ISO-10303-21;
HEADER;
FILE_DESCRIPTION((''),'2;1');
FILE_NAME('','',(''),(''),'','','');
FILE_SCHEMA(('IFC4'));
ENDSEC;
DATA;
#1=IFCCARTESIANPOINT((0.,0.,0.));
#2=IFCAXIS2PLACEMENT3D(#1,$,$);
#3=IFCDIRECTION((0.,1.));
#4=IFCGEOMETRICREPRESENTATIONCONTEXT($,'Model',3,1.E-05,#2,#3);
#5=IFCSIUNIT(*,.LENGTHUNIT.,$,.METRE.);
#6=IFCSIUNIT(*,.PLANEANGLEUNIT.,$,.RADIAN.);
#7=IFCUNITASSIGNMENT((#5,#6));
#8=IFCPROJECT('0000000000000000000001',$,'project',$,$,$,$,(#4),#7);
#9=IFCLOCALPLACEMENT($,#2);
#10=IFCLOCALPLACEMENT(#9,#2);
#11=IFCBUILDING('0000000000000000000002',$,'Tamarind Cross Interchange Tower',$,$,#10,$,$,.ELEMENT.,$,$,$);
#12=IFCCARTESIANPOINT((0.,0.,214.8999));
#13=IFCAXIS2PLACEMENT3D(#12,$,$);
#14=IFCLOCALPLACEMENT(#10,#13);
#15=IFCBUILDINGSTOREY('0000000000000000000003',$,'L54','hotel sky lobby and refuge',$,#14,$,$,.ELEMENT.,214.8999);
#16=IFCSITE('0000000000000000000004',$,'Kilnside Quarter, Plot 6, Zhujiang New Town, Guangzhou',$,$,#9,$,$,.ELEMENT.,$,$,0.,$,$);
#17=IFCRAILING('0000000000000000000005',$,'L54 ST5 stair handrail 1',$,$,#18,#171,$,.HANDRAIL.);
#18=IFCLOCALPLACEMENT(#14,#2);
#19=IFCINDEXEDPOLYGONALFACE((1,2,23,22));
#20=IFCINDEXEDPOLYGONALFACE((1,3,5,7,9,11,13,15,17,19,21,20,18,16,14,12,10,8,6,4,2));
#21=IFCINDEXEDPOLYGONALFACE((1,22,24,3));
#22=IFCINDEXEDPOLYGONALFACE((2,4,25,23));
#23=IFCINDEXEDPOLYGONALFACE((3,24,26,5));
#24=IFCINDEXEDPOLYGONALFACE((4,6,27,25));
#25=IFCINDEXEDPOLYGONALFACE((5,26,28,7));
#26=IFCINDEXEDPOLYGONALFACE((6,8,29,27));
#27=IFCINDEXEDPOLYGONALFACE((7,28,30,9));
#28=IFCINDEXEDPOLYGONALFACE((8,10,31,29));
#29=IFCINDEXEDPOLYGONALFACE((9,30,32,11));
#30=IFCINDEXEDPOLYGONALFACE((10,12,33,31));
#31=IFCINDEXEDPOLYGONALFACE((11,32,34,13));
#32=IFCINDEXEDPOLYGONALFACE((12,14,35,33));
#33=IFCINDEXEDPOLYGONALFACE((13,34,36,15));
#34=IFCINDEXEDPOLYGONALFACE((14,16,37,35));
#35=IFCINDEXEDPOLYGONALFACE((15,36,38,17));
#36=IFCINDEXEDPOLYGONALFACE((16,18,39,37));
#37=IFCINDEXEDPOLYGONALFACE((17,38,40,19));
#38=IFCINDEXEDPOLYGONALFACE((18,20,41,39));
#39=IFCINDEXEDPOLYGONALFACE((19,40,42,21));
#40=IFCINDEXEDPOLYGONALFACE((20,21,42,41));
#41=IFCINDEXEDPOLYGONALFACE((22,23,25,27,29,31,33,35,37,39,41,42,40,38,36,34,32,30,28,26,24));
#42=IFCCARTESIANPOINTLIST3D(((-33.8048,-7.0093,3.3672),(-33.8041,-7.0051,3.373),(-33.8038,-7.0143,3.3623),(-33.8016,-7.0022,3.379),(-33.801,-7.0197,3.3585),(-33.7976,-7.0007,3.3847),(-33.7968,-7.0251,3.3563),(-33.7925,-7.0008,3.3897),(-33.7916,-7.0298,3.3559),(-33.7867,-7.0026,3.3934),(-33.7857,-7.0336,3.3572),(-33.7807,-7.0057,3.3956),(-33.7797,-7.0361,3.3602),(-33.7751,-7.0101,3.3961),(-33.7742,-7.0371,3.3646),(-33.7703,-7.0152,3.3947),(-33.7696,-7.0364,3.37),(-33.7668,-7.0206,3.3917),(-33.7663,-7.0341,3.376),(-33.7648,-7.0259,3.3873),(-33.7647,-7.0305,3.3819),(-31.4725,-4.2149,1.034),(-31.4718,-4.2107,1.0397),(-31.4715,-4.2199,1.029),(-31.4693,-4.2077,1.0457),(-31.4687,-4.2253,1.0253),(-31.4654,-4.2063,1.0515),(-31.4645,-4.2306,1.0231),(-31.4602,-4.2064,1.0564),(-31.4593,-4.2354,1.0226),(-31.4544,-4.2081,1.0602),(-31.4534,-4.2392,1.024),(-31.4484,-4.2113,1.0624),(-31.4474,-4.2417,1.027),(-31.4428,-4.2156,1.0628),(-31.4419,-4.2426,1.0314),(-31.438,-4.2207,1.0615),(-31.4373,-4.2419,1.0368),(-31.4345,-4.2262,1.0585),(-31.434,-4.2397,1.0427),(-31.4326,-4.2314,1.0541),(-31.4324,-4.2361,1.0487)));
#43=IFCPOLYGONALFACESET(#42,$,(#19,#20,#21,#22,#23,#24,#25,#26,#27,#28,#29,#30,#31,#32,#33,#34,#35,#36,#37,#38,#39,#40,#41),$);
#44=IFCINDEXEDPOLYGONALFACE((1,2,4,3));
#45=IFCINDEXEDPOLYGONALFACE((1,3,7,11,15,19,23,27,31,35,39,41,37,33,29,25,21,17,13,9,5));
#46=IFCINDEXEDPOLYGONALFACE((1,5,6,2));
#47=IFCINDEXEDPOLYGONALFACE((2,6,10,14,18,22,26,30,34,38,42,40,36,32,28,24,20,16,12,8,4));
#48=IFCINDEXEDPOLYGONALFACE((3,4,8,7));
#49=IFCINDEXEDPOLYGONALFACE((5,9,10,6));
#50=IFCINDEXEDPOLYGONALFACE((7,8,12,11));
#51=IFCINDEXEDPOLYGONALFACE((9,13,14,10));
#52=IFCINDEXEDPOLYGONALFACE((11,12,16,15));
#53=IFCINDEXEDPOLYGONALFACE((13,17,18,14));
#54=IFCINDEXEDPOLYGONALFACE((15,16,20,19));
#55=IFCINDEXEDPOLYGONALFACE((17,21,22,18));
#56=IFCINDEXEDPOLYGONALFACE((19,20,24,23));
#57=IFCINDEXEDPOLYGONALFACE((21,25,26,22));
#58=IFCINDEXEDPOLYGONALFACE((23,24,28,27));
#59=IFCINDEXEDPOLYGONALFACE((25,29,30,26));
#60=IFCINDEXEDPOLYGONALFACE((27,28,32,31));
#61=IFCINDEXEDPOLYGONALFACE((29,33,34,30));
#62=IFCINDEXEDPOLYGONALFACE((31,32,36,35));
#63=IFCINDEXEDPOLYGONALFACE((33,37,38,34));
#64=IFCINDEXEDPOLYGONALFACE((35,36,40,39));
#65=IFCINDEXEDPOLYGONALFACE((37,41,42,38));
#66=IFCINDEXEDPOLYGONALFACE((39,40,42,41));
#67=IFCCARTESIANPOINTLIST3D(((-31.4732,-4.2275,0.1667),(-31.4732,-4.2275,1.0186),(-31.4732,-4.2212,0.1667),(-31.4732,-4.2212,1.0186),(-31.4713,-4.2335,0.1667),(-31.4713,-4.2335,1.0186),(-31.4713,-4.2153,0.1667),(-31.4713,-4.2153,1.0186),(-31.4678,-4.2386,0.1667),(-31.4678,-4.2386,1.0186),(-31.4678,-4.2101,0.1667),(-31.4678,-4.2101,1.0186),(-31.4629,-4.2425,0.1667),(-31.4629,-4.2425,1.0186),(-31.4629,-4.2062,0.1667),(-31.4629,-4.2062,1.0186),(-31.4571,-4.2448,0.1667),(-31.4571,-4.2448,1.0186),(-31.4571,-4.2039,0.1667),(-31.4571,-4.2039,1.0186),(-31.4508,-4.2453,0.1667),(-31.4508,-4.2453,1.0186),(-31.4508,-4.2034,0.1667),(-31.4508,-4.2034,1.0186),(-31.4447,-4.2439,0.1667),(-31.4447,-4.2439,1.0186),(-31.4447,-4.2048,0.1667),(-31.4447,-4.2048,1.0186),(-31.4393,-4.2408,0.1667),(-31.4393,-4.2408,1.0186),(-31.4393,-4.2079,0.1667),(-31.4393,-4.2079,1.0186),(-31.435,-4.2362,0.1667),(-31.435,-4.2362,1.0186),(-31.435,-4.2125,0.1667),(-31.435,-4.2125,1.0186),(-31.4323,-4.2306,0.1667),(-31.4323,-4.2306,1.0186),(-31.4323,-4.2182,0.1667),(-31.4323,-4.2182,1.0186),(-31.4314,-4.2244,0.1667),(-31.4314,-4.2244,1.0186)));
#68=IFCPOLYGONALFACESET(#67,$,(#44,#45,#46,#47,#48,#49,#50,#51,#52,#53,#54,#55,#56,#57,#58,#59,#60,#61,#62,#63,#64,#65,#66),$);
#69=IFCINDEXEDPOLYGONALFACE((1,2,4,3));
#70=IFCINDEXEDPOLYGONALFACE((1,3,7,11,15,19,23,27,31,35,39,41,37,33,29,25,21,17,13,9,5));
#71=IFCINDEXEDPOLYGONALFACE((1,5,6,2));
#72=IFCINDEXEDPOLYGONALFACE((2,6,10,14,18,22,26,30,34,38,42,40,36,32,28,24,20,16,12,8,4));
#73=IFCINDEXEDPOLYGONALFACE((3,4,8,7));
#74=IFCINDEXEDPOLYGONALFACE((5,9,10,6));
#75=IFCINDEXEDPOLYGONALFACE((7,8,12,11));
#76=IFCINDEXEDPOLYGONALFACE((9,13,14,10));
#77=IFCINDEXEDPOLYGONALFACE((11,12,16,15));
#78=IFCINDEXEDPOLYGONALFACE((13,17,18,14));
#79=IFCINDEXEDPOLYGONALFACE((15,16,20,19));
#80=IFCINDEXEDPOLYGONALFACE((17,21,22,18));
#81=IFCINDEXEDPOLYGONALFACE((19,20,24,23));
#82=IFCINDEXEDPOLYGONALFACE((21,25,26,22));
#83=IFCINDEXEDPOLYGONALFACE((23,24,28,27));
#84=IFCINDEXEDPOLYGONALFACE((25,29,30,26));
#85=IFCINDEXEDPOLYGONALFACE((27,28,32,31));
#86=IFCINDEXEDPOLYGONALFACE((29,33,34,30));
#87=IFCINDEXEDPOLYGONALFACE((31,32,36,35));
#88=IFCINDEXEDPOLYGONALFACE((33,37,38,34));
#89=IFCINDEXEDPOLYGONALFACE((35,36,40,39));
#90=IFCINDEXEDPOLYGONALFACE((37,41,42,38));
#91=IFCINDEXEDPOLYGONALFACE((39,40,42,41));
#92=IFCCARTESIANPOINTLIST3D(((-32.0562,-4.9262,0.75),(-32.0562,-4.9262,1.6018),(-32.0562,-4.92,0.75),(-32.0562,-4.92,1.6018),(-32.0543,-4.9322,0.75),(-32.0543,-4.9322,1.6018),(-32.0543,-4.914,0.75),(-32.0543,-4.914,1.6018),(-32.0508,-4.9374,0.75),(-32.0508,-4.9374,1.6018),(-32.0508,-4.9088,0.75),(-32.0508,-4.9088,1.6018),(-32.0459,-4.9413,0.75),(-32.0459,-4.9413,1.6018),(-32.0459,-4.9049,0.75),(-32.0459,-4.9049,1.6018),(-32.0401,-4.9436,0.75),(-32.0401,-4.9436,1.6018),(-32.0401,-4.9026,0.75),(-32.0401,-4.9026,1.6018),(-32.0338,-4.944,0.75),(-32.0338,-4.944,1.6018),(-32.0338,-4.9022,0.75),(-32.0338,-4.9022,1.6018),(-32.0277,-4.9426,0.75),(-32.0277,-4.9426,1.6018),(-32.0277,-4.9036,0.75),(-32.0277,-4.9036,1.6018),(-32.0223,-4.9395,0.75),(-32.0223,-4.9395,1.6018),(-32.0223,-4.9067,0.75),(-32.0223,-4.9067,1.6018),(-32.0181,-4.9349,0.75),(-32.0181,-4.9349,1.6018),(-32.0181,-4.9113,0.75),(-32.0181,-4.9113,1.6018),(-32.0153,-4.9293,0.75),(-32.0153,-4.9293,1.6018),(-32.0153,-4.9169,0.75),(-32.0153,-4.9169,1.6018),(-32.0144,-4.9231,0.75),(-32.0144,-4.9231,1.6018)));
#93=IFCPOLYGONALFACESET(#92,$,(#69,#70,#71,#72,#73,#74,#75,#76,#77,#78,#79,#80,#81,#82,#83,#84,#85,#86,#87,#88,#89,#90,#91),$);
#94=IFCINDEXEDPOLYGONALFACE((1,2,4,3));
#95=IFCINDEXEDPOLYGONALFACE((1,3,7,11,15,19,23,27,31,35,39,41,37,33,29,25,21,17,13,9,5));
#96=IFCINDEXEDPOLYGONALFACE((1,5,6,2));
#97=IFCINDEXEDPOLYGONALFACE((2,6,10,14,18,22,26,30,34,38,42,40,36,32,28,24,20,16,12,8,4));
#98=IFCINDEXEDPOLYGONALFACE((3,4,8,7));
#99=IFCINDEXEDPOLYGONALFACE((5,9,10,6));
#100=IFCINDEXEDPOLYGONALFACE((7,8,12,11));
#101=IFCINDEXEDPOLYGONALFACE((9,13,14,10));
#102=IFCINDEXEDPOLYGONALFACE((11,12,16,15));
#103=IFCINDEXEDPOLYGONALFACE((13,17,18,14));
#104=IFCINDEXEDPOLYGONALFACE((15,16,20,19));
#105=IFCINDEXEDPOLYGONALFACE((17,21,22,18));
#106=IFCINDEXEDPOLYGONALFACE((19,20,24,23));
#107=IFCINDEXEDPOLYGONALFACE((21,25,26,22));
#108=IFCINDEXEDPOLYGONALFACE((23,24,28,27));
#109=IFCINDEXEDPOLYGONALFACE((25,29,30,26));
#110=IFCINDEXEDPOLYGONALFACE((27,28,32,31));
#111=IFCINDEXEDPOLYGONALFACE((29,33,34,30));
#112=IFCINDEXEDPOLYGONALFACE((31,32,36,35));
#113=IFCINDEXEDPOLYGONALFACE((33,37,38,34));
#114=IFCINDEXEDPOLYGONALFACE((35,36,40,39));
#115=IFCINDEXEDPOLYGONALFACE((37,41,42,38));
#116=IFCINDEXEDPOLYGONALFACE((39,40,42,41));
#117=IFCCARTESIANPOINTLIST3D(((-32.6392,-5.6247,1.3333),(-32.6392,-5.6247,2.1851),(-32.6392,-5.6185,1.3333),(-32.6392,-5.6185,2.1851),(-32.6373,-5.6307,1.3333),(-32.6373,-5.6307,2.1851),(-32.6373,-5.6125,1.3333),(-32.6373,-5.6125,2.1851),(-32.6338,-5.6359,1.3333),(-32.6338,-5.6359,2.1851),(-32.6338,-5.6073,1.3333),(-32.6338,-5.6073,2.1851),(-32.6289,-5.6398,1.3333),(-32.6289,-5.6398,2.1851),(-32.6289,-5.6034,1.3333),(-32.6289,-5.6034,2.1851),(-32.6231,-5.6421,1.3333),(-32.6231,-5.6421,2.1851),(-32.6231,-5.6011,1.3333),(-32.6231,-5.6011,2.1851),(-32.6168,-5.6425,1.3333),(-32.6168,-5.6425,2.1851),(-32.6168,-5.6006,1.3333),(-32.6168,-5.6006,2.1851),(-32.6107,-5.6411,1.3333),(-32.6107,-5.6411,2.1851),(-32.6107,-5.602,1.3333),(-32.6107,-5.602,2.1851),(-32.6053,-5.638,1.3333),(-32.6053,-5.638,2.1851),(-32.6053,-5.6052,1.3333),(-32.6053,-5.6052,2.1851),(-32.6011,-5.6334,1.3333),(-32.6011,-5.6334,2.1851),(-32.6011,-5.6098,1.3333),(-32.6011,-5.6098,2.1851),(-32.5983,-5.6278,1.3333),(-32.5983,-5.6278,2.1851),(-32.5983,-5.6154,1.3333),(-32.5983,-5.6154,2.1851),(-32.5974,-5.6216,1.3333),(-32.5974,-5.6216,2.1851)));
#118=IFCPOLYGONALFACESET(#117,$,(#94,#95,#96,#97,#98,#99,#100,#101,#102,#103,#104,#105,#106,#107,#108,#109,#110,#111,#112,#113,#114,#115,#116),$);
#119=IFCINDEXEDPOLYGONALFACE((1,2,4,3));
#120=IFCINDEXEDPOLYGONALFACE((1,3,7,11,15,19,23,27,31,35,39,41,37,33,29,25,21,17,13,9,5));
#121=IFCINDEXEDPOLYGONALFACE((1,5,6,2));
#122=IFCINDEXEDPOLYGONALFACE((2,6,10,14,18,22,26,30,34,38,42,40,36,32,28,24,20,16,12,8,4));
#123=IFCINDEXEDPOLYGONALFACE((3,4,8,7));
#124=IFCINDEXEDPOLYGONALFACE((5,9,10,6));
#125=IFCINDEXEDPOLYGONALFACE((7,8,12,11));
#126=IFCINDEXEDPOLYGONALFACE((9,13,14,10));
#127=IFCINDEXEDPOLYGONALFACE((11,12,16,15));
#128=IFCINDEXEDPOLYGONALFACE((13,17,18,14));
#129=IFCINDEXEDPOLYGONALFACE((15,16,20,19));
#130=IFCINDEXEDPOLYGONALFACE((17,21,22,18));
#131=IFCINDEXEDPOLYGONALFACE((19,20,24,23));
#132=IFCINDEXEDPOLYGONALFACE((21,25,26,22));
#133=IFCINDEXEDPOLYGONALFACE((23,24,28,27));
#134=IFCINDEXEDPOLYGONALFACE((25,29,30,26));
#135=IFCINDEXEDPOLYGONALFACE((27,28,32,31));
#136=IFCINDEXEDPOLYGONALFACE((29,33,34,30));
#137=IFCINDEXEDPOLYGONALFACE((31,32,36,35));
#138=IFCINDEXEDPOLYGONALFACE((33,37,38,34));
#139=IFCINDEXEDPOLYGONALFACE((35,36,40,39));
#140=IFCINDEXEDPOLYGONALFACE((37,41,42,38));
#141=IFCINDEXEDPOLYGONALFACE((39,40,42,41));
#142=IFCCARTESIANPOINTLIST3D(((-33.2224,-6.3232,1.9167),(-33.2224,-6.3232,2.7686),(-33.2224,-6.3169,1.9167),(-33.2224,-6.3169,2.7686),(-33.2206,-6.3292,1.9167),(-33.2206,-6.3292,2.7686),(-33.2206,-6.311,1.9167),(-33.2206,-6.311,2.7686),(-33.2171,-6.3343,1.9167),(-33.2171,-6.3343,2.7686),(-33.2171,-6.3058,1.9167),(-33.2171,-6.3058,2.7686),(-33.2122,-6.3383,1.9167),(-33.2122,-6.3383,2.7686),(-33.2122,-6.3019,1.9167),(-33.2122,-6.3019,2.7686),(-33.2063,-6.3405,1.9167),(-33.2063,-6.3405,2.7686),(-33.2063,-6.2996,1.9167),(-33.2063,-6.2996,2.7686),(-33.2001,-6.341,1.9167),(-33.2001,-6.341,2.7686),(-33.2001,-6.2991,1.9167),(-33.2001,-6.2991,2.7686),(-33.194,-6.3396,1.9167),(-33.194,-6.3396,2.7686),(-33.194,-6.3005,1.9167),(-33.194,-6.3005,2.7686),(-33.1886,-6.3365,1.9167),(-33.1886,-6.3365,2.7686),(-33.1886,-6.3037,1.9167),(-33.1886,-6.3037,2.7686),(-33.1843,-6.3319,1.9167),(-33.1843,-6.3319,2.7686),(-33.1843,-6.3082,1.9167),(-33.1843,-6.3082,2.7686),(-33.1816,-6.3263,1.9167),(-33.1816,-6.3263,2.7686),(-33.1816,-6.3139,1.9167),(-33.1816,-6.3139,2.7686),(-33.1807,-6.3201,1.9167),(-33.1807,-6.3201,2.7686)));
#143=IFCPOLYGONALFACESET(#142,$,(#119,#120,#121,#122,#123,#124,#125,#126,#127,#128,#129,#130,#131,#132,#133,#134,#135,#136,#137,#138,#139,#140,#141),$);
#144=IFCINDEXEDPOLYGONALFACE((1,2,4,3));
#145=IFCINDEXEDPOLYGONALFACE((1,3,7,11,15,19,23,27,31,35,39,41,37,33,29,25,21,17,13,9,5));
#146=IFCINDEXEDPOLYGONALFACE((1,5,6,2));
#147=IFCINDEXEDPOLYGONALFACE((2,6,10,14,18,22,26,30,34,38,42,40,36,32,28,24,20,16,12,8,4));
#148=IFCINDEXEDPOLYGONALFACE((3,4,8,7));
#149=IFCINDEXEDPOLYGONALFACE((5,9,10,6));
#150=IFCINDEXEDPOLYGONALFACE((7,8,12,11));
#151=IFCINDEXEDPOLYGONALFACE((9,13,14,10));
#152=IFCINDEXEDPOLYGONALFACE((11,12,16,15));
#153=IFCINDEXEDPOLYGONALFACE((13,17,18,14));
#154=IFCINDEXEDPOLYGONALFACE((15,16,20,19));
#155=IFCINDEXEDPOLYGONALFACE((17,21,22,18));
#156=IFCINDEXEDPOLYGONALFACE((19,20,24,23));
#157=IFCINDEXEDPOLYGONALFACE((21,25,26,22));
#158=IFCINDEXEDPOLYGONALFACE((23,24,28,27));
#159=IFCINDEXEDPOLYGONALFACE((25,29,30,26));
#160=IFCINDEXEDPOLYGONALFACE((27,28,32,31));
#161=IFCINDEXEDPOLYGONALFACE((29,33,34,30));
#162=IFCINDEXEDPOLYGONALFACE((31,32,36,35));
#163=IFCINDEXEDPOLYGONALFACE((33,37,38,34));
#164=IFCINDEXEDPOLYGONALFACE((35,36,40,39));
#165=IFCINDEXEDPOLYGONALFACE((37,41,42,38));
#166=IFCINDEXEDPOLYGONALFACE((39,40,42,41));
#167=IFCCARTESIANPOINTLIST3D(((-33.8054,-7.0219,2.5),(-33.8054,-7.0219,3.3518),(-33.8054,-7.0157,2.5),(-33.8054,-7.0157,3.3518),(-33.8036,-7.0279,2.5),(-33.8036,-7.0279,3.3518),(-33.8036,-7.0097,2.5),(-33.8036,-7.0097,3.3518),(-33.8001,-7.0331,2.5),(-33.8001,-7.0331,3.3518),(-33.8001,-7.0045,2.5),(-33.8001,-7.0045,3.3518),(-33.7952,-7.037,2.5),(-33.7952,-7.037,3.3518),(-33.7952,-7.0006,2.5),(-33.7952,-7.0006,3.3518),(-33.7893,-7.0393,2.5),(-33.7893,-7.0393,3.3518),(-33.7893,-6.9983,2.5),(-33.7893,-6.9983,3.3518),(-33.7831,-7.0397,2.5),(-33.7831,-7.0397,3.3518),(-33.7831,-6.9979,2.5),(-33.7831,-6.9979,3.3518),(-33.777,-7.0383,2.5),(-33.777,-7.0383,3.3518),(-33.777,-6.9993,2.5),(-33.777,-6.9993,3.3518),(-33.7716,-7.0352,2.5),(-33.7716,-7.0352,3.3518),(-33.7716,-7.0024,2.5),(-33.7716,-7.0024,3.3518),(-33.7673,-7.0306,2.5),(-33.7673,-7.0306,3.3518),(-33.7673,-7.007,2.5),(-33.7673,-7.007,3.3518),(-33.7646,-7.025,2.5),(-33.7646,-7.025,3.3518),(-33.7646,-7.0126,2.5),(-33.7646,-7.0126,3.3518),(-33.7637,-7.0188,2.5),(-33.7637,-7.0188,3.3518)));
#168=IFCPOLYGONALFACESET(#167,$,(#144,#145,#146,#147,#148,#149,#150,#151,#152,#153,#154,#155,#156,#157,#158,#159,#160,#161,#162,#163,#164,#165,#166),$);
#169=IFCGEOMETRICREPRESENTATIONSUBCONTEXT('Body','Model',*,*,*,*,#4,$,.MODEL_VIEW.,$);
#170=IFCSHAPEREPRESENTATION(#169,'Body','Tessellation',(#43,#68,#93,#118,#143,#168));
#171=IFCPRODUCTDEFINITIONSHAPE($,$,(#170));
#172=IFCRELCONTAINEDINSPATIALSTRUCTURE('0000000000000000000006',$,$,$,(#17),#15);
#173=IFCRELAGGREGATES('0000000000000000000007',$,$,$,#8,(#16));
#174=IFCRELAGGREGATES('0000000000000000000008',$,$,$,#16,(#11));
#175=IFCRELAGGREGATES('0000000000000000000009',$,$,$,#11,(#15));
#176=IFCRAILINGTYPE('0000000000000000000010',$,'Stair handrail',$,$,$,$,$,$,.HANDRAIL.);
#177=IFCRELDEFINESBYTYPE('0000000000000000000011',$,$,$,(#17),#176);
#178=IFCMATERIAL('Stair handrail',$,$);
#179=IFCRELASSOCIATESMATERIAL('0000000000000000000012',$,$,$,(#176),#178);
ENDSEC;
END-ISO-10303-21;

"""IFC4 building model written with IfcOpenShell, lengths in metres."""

from ifc_helpers import new_model, si_unit, direction, frame, origin, origin_2d, place, context, subcontext, project, spatial, circle, extrude, material, type_object, element, save


model = new_model("IFC4")

# Units and contexts
model_context = context("Model", 3, precision=1e-05, world=origin(), true_north=direction((0.0, 1.0)))
body_context = subcontext(model_context, "Body", "Model", "MODEL_VIEW")
ifc_project = project(units=[si_unit("LENGTHUNIT", "METRE"), si_unit("PLANEANGLEUNIT", "RADIAN")], contexts=[model_context])

# Site, building, storey
site_placement = place(None, origin())
site = spatial("IfcSite", under=ifc_project, at=site_placement, Name="Kilnside Quarter, Plot 6, Zhujiang New Town, Guangzhou", CompositionType="ELEMENT", RefElevation=0.0)
building_placement = place(site_placement, origin())
building = spatial("IfcBuilding", under=site, at=building_placement, Name="Tamarind Cross Interchange Tower", CompositionType="ELEMENT")
storey_placement = place(building_placement, frame((0.0, 0.0, 214.8999)))
storey = spatial("IfcBuildingStorey", under=building, at=storey_placement, Name="L54", Description="hotel sky lobby and refuge", CompositionType="ELEMENT", Elevation=214.8999)

# Railing
ifc_material_1 = material(Name="Stair handrail")
railing_type_1 = type_object("IfcRailingType", Name="Stair handrail", PredefinedType="HANDRAIL", material=ifc_material_1)
railing_1_placement = place(storey_placement, frame((-31.4524, -4.2244, 0.1667)))
element("IfcRailing", 1, at=railing_1_placement, inside=storey, type_object=railing_type_1, Name="L54 ST5 stair handrail 1", PredefinedType="HANDRAIL", context=body_context, shape_type="SweptSolid", body=[
    extrude(circle(Radius=0.0239, at=origin_2d()), frame((0.0, 0.0, 0.876), z_axis=(-0.539445, -0.64634, 0.539671), x_axis=(0.767737, -0.640765, 0.0)), (0.0, 0.0, 1.0), 4.3235),
    extrude(circle(Radius=0.021, at=origin_2d()), origin(), (0.0, 0.0, 1.0), 0.8518),
    extrude(circle(Radius=0.021, at=origin_2d()), frame((-0.583, -0.6987, 0.5833)), (0.0, 0.0, 1.0), 0.8518),
    extrude(circle(Radius=0.021, at=origin_2d()), frame((-1.166, -1.3972, 1.1665)), (0.0, 0.0, 1.0), 0.8518),
    extrude(circle(Radius=0.021, at=origin_2d()), frame((-1.7493, -2.0957, 1.75)), (0.0, 0.0, 1.0), 0.8518),
    extrude(circle(Radius=0.021, at=origin_2d()), frame((-2.3323, -2.7944, 2.3333)), (0.0, 0.0, 1.0), 0.8518),
])

save(model, "model.ifc")
